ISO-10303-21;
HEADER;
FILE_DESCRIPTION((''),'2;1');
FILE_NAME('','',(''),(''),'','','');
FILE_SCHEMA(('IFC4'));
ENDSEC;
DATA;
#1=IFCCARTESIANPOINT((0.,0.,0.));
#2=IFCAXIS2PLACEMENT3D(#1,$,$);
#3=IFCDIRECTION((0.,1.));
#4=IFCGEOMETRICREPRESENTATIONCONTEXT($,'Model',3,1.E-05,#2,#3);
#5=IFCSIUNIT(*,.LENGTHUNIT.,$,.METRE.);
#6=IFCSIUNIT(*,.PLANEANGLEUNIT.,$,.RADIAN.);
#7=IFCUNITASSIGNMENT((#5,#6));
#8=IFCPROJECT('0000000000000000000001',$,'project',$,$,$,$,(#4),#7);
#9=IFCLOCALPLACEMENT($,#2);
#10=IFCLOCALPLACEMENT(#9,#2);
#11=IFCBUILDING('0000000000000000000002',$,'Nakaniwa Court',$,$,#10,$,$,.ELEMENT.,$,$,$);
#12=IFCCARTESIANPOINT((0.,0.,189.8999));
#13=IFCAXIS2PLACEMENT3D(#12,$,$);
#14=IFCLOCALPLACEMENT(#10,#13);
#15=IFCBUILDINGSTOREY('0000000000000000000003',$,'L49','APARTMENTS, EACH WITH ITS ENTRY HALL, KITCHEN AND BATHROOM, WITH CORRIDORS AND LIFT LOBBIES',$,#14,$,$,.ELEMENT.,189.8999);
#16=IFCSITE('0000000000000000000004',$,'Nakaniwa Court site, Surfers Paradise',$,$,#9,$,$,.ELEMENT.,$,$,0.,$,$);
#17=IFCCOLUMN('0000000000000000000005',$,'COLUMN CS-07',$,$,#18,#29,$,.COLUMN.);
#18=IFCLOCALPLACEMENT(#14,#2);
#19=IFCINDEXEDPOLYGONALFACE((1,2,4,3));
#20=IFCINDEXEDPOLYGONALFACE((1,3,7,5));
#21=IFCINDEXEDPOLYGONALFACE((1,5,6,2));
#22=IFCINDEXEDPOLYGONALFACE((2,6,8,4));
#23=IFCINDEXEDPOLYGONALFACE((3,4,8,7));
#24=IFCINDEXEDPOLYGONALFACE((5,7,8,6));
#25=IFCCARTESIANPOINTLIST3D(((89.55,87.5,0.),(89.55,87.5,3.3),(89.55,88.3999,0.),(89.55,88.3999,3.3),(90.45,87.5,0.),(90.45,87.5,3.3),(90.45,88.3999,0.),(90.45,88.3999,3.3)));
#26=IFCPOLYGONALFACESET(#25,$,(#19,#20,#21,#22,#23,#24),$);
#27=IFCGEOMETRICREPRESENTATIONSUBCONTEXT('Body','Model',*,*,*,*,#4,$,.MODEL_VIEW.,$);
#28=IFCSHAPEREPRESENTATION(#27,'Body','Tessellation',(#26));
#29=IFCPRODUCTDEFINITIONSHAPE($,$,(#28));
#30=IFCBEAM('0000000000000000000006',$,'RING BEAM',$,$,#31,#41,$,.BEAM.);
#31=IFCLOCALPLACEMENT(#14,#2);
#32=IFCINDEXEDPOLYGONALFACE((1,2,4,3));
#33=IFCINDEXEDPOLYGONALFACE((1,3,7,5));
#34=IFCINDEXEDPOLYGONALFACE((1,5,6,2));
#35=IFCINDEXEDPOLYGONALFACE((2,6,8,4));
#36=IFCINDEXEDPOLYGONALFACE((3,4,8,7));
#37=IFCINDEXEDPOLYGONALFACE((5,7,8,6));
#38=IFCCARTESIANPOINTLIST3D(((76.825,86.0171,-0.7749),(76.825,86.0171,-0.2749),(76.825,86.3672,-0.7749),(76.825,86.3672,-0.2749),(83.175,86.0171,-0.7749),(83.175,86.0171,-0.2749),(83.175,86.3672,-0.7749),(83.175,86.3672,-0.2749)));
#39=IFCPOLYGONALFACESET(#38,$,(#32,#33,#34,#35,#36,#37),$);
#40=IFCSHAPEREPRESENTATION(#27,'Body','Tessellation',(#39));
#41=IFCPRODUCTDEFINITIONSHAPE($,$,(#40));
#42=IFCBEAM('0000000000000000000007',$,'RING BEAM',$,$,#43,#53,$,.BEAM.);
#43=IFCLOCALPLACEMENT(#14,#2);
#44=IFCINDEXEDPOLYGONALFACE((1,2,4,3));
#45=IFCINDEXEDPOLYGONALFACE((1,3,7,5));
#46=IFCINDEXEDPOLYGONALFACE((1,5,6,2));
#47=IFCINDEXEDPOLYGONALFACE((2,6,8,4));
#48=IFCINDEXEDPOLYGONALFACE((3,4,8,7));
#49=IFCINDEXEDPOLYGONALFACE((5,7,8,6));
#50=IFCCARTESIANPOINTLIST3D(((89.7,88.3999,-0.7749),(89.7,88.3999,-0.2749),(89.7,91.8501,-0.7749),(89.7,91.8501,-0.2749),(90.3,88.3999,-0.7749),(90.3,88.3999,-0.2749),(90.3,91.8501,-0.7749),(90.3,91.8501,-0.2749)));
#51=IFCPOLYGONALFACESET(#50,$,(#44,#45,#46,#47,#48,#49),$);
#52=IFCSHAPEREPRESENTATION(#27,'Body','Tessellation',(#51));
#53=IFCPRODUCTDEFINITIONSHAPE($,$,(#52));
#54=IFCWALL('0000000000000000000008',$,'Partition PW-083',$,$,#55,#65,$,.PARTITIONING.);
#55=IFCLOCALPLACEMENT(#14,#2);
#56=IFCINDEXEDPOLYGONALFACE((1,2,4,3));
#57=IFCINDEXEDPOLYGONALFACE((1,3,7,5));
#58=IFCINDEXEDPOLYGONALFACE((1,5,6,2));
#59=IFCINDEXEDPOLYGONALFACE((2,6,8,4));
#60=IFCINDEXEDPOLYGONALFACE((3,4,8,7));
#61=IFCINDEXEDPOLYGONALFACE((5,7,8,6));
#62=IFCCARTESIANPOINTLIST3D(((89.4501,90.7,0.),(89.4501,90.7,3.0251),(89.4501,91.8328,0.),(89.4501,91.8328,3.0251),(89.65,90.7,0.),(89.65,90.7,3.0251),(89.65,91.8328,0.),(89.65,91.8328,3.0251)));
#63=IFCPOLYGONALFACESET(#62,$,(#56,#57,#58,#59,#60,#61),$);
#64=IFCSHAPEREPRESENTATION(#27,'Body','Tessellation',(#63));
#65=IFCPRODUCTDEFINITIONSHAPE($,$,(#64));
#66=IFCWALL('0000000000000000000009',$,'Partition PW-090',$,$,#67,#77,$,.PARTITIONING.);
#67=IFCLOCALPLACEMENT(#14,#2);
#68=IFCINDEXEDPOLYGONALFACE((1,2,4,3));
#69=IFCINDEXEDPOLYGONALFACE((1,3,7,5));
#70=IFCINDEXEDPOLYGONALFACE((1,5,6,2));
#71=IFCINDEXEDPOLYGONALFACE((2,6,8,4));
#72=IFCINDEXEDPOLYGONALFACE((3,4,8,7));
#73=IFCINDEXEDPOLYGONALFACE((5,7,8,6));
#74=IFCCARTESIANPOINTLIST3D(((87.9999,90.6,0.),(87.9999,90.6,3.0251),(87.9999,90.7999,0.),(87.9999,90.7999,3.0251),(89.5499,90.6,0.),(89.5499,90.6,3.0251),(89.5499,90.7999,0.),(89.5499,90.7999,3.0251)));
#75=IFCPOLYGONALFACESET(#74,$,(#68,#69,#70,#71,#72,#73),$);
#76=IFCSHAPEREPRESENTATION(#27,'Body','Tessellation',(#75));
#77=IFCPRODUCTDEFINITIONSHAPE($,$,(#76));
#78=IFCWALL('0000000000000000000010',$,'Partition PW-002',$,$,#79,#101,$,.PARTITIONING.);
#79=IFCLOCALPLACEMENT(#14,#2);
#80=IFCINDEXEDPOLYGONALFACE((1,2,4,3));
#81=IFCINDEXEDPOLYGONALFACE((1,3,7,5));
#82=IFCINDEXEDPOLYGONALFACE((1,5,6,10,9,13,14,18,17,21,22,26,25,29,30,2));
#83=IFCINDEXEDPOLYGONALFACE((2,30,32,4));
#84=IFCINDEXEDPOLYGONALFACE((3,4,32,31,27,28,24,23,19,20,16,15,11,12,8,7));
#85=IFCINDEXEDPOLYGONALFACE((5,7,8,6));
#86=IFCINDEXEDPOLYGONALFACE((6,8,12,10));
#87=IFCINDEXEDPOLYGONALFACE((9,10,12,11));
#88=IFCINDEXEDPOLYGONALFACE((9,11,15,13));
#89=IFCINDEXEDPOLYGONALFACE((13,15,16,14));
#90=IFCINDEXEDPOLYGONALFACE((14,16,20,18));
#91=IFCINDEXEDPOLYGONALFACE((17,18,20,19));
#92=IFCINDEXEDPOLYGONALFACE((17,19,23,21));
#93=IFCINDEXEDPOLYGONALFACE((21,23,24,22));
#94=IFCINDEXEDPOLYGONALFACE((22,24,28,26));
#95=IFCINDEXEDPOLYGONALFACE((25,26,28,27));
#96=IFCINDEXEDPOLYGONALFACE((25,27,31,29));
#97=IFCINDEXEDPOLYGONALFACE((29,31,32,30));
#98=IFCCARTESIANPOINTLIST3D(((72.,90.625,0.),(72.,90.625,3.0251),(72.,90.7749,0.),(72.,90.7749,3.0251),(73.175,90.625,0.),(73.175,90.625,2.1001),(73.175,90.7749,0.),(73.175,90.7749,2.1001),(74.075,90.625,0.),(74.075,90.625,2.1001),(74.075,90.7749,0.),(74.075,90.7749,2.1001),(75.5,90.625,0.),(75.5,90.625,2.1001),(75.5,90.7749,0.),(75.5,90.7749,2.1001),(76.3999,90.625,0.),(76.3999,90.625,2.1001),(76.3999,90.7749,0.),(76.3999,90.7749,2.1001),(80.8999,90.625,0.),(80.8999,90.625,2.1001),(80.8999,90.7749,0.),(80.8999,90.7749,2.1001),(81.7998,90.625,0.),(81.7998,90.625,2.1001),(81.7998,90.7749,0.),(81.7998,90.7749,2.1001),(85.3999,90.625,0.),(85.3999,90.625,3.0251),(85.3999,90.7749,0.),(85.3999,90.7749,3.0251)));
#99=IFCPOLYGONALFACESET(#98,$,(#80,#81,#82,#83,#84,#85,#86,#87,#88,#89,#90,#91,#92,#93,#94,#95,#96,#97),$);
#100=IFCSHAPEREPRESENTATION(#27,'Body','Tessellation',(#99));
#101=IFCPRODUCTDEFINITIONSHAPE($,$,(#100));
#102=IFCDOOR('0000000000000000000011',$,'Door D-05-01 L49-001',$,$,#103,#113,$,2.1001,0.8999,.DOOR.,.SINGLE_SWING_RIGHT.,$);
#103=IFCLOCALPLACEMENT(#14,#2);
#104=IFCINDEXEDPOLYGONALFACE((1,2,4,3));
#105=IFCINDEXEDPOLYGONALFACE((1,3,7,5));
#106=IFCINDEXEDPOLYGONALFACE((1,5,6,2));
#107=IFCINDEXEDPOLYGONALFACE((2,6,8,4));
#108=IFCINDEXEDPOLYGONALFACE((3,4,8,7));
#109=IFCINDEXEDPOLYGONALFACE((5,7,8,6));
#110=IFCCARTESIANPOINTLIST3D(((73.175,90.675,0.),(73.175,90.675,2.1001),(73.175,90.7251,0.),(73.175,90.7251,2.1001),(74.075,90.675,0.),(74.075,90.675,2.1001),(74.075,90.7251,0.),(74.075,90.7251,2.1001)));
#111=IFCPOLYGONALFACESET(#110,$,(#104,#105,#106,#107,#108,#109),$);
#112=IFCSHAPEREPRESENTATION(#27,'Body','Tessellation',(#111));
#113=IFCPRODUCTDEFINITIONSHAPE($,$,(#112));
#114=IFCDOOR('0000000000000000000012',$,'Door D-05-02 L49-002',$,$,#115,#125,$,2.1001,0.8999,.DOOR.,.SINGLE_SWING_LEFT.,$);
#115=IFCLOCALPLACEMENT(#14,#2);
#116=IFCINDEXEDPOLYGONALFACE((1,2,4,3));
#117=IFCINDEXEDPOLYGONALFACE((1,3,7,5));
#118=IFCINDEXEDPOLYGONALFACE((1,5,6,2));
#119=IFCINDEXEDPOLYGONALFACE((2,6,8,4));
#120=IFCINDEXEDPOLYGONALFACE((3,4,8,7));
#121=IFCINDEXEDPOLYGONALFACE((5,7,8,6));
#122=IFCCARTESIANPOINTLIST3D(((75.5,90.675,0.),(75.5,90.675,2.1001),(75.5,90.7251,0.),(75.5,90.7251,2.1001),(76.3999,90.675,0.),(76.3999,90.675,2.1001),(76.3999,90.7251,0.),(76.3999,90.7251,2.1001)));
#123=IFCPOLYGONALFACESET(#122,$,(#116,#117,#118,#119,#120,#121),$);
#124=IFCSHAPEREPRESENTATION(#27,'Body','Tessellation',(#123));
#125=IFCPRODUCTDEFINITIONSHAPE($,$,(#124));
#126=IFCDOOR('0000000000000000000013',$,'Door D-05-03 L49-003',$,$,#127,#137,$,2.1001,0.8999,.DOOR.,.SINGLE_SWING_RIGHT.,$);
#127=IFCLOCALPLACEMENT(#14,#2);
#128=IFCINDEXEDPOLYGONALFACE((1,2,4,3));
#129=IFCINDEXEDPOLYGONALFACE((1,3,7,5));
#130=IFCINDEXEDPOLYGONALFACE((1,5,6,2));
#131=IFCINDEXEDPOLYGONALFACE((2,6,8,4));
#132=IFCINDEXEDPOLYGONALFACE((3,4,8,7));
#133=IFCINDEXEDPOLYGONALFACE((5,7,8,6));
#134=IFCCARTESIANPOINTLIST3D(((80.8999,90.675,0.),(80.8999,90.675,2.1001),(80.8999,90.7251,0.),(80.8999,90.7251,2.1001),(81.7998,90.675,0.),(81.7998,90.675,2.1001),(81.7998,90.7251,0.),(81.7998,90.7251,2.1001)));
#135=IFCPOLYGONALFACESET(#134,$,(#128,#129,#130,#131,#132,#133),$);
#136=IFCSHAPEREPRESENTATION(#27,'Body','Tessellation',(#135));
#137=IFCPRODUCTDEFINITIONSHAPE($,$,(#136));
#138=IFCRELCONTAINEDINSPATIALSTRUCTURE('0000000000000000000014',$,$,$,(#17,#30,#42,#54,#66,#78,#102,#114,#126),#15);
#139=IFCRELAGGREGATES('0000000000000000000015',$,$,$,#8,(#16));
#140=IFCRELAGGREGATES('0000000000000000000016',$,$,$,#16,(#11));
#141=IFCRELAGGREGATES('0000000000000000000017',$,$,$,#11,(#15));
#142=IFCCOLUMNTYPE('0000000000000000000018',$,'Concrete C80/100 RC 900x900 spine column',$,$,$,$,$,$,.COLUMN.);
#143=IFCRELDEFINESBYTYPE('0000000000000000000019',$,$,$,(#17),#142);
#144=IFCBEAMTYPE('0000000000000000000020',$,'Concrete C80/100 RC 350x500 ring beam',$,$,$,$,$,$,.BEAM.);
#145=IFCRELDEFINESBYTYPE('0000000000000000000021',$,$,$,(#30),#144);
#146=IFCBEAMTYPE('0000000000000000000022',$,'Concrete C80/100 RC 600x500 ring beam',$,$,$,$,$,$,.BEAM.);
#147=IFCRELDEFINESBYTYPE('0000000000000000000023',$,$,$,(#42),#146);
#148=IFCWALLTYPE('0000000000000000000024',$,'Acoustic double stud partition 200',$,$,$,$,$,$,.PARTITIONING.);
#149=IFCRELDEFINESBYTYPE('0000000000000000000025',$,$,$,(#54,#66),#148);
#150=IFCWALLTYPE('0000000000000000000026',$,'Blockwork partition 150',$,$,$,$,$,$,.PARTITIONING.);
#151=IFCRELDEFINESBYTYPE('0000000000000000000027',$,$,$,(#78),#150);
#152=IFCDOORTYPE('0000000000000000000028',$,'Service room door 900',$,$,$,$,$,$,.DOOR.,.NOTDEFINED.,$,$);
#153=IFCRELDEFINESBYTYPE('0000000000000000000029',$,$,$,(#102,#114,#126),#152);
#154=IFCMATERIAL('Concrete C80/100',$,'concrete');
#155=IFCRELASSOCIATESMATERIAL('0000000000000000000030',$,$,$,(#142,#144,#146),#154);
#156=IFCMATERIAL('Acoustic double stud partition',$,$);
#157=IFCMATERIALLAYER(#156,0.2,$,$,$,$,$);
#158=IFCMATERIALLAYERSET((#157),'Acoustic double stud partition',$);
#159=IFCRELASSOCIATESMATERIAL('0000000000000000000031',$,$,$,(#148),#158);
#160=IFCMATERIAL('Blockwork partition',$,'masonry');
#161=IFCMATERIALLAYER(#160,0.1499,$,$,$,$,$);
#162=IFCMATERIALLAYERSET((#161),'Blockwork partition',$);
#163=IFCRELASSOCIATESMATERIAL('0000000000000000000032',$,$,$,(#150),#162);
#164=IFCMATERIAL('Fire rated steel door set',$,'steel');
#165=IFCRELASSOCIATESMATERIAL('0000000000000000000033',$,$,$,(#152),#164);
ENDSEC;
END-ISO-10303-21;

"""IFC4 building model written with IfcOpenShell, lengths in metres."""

from ifc_helpers import new_model, si_unit, direction, frame, frame_2d, origin, origin_2d, place, context, subcontext, project, spatial, rectangle, extrude, material, layer, layer_set, material_profile, profile_set, type_object, element, fill, save


model = new_model("IFC4")

# Units and contexts
model_context = context("Model", 3, precision=1e-05, world=origin(), true_north=direction((0.0, 1.0)))
body_context = subcontext(model_context, "Body", "Model", "MODEL_VIEW")
ifc_project = project(units=[si_unit("LENGTHUNIT", "METRE"), si_unit("PLANEANGLEUNIT", "RADIAN")], contexts=[model_context])

# Site, building, storey
site_placement = place(None, origin())
site = spatial("IfcSite", under=ifc_project, at=site_placement, Name="Nakaniwa Court site, Surfers Paradise", CompositionType="ELEMENT", RefElevation=0.0)
building_placement = place(site_placement, origin())
building = spatial("IfcBuilding", under=site, at=building_placement, Name="Nakaniwa Court", CompositionType="ELEMENT")
storey_placement = place(building_placement, frame((0.0, 0.0, 189.8999)))
storey = spatial("IfcBuildingStorey", under=building, at=storey_placement, Name="L49", Description="APARTMENTS, EACH WITH ITS ENTRY HALL, KITCHEN AND BATHROOM, WITH CORRIDORS AND LIFT LOBBIES", CompositionType="ELEMENT", Elevation=189.8999)

# Column
ifc_material_1 = material(Name="Concrete C80/100", Category="concrete")
ifc_material_profile_1 = material_profile(ifc_material_1, rectangle(XDim=0.8999, YDim=0.8999, at=origin_2d()), Name="Concrete C80/100 RC 900x900 spine column")
ifc_profile_set_1 = profile_set([ifc_material_profile_1], Name="Concrete C80/100")
column_type_1 = type_object("IfcColumnType", Name="Concrete C80/100 RC 900x900 spine column", PredefinedType="COLUMN", material=ifc_profile_set_1)
column_1_placement = place(storey_placement, frame((90.0, 87.95, 0.0), z_axis=(0.0, 0.0, 1.0), x_axis=(0.0, 1.0, 0.0)))
element("IfcColumn", 1, at=column_1_placement, inside=storey, type_object=column_type_1, Name="COLUMN CS-07", PredefinedType="COLUMN", context=body_context, shape_type="SweptSolid", body=[
    extrude(rectangle(XDim=0.8999, YDim=0.8999, at=origin_2d()), origin(), (0.0, 0.0, 1.0), 3.3),
])

# Beams
ifc_material_profile_2 = material_profile(ifc_material_1, rectangle(XDim=0.3501, YDim=0.5, at=origin_2d()), Name="Concrete C80/100 RC 350x500 ring beam")
ifc_profile_set_2 = profile_set([ifc_material_profile_2], Name="Concrete C80/100")
beam_type_1 = type_object("IfcBeamType", Name="Concrete C80/100 RC 350x500 ring beam", PredefinedType="BEAM", material=ifc_profile_set_2)
beam_1_placement = place(storey_placement, frame((83.175, 86.1921, -0.5249), z_axis=(-1.0, 0.0, 0.0), x_axis=(0.0, -1.0, 0.0)))
element("IfcBeam", 2, at=beam_1_placement, inside=storey, type_object=beam_type_1, Name="RING BEAM", PredefinedType="BEAM", context=body_context, shape_type="SweptSolid", body=[
    extrude(rectangle(XDim=0.3501, YDim=0.5, at=origin_2d()), origin(), (0.0, 0.0, 1.0), 6.3501),
])
ifc_material_profile_3 = material_profile(ifc_material_1, rectangle(XDim=0.6001, YDim=0.5, at=origin_2d()), Name="Concrete C80/100 RC 600x500 ring beam")
ifc_profile_set_3 = profile_set([ifc_material_profile_3], Name="Concrete C80/100")
beam_type_2 = type_object("IfcBeamType", Name="Concrete C80/100 RC 600x500 ring beam", PredefinedType="BEAM", material=ifc_profile_set_3)
beam_2_placement = place(storey_placement, frame((90.0, 88.3999, -0.5249), z_axis=(0.0, 1.0, 0.0), x_axis=(-1.0, 0.0, 0.0)))
element("IfcBeam", 3, at=beam_2_placement, inside=storey, type_object=beam_type_2, Name="RING BEAM", PredefinedType="BEAM", context=body_context, shape_type="SweptSolid", body=[
    extrude(rectangle(XDim=0.6001, YDim=0.5, at=origin_2d()), origin(), (0.0, 0.0, 1.0), 3.4502),
])

# Walls
ifc_material_2 = material(Name="Acoustic double stud partition")
ifc_layer_1 = layer(ifc_material_2, 0.2)
ifc_layer_set_1 = layer_set([ifc_layer_1], Name="Acoustic double stud partition")
wall_type_1 = type_object("IfcWallType", Name="Acoustic double stud partition 200", PredefinedType="PARTITIONING", material=ifc_layer_set_1)
wall_1_placement = place(storey_placement, frame((89.55, 90.7, 0.0), z_axis=(0.0, 0.0, 1.0), x_axis=(0.0, 1.0, 0.0)))
element("IfcWall", 4, at=wall_1_placement, inside=storey, type_object=wall_type_1, Name="Partition PW-083", PredefinedType="PARTITIONING", context=body_context, shape_type="SweptSolid", body=[
    extrude(rectangle(XDim=1.1328, YDim=0.2, at=frame_2d((0.5664, 0.0))), origin(), (0.0, 0.0, 1.0), 3.0251),
])
wall_2_placement = place(storey_placement, frame((88.0, 90.7, 0.0), z_axis=(0.0, 0.0, 1.0), x_axis=(1.0, 0.0, 0.0)))
element("IfcWall", 5, at=wall_2_placement, inside=storey, type_object=wall_type_1, Name="Partition PW-090", PredefinedType="PARTITIONING", context=body_context, shape_type="SweptSolid", body=[
    extrude(rectangle(XDim=1.55, YDim=0.2, at=frame_2d((0.7749, 0.0))), origin(), (0.0, 0.0, 1.0), 3.0251),
])

# Wall, openings, doors
ifc_material_3 = material(Name="Blockwork partition", Category="masonry")
ifc_layer_2 = layer(ifc_material_3, 0.1499)
ifc_layer_set_2 = layer_set([ifc_layer_2], Name="Blockwork partition")
wall_type_2 = type_object("IfcWallType", Name="Blockwork partition 150", PredefinedType="PARTITIONING", material=ifc_layer_set_2)
wall_3_placement = place(storey_placement, frame((85.3999, 90.7, 0.0), z_axis=(0.0, 0.0, 1.0), x_axis=(-1.0, 0.0, 0.0)))
wall_3 = element("IfcWall", 6, at=wall_3_placement, inside=storey, type_object=wall_type_2, Name="Partition PW-002", PredefinedType="PARTITIONING", context=body_context, shape_type="SweptSolid", body=[
    extrude(rectangle(XDim=13.3999, YDim=0.1499, at=frame_2d((6.7, 0.0))), origin(), (0.0, 0.0, 1.0), 3.0251),
])
opening_1_placement = place(wall_3_placement, frame((11.325, 0.0, 0.0)))
opening_1 = element("IfcOpeningElement", 7, at=opening_1_placement, cuts=wall_3, PredefinedType="OPENING", context=body_context, shape_type="SweptSolid", body=[
    extrude(rectangle(XDim=0.8999, YDim=2.1001, at=frame_2d((0.45, 1.05))), frame((0.0, 0.085, 0.0), z_axis=(0.0, -1.0, 0.0), x_axis=(1.0, 0.0, 0.0)), (0.0, 0.0, 1.0), 0.1699),
])
opening_2_placement = place(wall_3_placement, frame((9.0, 0.0, 0.0)))
opening_2 = element("IfcOpeningElement", 8, at=opening_2_placement, cuts=wall_3, PredefinedType="OPENING", context=body_context, shape_type="SweptSolid", body=[
    extrude(rectangle(XDim=0.8999, YDim=2.1001, at=frame_2d((0.45, 1.05))), frame((0.0, 0.085, 0.0), z_axis=(0.0, -1.0, 0.0), x_axis=(1.0, 0.0, 0.0)), (0.0, 0.0, 1.0), 0.1699),
])
opening_3_placement = place(wall_3_placement, frame((3.6001, 0.0, 0.0)))
opening_3 = element("IfcOpeningElement", 9, at=opening_3_placement, cuts=wall_3, PredefinedType="OPENING", context=body_context, shape_type="SweptSolid", body=[
    extrude(rectangle(XDim=0.8999, YDim=2.1001, at=frame_2d((0.45, 1.05))), frame((0.0, 0.085, 0.0), z_axis=(0.0, -1.0, 0.0), x_axis=(1.0, 0.0, 0.0)), (0.0, 0.0, 1.0), 0.1699),
])
ifc_material_4 = material(Name="Fire rated steel door set", Category="steel")
door_type_1 = type_object("IfcDoorType", Name="Service room door 900", OperationType="NOTDEFINED", PredefinedType="DOOR", material=ifc_material_4)
door_1_placement = place(opening_1_placement, origin())
door_1 = element("IfcDoor", 10, at=door_1_placement, inside=storey, type_object=door_type_1, Name="Door D-05-01 L49-001", OperationType="SINGLE_SWING_RIGHT", OverallHeight=2.1001, OverallWidth=0.8999, PredefinedType="DOOR", context=body_context, shape_type="SweptSolid", body=[
    extrude(rectangle(XDim=0.8999, YDim=2.1001, at=frame_2d((0.45, 1.05))), frame((0.0, 0.0249, 0.0), z_axis=(0.0, -1.0, 0.0), x_axis=(1.0, 0.0, 0.0)), (0.0, 0.0, 1.0), 0.05),
])
fill(opening_1, door_1)
door_2_placement = place(opening_2_placement, origin())
door_2 = element("IfcDoor", 11, at=door_2_placement, inside=storey, type_object=door_type_1, Name="Door D-05-02 L49-002", OperationType="SINGLE_SWING_LEFT", OverallHeight=2.1001, OverallWidth=0.8999, PredefinedType="DOOR", context=body_context, shape_type="SweptSolid", body=[
    extrude(rectangle(XDim=0.8999, YDim=2.1001, at=frame_2d((0.45, 1.05))), frame((0.0, 0.0249, 0.0), z_axis=(0.0, -1.0, 0.0), x_axis=(1.0, 0.0, 0.0)), (0.0, 0.0, 1.0), 0.05),
])
fill(opening_2, door_2)
door_3_placement = place(opening_3_placement, origin())
door_3 = element("IfcDoor", 12, at=door_3_placement, inside=storey, type_object=door_type_1, Name="Door D-05-03 L49-003", OperationType="SINGLE_SWING_RIGHT", OverallHeight=2.1001, OverallWidth=0.8999, PredefinedType="DOOR", context=body_context, shape_type="SweptSolid", body=[
    extrude(rectangle(XDim=0.8999, YDim=2.1001, at=frame_2d((0.45, 1.05))), frame((0.0, 0.0249, 0.0), z_axis=(0.0, -1.0, 0.0), x_axis=(1.0, 0.0, 0.0)), (0.0, 0.0, 1.0), 0.05),
])
fill(opening_3, door_3)

save(model, "model.ifc")
